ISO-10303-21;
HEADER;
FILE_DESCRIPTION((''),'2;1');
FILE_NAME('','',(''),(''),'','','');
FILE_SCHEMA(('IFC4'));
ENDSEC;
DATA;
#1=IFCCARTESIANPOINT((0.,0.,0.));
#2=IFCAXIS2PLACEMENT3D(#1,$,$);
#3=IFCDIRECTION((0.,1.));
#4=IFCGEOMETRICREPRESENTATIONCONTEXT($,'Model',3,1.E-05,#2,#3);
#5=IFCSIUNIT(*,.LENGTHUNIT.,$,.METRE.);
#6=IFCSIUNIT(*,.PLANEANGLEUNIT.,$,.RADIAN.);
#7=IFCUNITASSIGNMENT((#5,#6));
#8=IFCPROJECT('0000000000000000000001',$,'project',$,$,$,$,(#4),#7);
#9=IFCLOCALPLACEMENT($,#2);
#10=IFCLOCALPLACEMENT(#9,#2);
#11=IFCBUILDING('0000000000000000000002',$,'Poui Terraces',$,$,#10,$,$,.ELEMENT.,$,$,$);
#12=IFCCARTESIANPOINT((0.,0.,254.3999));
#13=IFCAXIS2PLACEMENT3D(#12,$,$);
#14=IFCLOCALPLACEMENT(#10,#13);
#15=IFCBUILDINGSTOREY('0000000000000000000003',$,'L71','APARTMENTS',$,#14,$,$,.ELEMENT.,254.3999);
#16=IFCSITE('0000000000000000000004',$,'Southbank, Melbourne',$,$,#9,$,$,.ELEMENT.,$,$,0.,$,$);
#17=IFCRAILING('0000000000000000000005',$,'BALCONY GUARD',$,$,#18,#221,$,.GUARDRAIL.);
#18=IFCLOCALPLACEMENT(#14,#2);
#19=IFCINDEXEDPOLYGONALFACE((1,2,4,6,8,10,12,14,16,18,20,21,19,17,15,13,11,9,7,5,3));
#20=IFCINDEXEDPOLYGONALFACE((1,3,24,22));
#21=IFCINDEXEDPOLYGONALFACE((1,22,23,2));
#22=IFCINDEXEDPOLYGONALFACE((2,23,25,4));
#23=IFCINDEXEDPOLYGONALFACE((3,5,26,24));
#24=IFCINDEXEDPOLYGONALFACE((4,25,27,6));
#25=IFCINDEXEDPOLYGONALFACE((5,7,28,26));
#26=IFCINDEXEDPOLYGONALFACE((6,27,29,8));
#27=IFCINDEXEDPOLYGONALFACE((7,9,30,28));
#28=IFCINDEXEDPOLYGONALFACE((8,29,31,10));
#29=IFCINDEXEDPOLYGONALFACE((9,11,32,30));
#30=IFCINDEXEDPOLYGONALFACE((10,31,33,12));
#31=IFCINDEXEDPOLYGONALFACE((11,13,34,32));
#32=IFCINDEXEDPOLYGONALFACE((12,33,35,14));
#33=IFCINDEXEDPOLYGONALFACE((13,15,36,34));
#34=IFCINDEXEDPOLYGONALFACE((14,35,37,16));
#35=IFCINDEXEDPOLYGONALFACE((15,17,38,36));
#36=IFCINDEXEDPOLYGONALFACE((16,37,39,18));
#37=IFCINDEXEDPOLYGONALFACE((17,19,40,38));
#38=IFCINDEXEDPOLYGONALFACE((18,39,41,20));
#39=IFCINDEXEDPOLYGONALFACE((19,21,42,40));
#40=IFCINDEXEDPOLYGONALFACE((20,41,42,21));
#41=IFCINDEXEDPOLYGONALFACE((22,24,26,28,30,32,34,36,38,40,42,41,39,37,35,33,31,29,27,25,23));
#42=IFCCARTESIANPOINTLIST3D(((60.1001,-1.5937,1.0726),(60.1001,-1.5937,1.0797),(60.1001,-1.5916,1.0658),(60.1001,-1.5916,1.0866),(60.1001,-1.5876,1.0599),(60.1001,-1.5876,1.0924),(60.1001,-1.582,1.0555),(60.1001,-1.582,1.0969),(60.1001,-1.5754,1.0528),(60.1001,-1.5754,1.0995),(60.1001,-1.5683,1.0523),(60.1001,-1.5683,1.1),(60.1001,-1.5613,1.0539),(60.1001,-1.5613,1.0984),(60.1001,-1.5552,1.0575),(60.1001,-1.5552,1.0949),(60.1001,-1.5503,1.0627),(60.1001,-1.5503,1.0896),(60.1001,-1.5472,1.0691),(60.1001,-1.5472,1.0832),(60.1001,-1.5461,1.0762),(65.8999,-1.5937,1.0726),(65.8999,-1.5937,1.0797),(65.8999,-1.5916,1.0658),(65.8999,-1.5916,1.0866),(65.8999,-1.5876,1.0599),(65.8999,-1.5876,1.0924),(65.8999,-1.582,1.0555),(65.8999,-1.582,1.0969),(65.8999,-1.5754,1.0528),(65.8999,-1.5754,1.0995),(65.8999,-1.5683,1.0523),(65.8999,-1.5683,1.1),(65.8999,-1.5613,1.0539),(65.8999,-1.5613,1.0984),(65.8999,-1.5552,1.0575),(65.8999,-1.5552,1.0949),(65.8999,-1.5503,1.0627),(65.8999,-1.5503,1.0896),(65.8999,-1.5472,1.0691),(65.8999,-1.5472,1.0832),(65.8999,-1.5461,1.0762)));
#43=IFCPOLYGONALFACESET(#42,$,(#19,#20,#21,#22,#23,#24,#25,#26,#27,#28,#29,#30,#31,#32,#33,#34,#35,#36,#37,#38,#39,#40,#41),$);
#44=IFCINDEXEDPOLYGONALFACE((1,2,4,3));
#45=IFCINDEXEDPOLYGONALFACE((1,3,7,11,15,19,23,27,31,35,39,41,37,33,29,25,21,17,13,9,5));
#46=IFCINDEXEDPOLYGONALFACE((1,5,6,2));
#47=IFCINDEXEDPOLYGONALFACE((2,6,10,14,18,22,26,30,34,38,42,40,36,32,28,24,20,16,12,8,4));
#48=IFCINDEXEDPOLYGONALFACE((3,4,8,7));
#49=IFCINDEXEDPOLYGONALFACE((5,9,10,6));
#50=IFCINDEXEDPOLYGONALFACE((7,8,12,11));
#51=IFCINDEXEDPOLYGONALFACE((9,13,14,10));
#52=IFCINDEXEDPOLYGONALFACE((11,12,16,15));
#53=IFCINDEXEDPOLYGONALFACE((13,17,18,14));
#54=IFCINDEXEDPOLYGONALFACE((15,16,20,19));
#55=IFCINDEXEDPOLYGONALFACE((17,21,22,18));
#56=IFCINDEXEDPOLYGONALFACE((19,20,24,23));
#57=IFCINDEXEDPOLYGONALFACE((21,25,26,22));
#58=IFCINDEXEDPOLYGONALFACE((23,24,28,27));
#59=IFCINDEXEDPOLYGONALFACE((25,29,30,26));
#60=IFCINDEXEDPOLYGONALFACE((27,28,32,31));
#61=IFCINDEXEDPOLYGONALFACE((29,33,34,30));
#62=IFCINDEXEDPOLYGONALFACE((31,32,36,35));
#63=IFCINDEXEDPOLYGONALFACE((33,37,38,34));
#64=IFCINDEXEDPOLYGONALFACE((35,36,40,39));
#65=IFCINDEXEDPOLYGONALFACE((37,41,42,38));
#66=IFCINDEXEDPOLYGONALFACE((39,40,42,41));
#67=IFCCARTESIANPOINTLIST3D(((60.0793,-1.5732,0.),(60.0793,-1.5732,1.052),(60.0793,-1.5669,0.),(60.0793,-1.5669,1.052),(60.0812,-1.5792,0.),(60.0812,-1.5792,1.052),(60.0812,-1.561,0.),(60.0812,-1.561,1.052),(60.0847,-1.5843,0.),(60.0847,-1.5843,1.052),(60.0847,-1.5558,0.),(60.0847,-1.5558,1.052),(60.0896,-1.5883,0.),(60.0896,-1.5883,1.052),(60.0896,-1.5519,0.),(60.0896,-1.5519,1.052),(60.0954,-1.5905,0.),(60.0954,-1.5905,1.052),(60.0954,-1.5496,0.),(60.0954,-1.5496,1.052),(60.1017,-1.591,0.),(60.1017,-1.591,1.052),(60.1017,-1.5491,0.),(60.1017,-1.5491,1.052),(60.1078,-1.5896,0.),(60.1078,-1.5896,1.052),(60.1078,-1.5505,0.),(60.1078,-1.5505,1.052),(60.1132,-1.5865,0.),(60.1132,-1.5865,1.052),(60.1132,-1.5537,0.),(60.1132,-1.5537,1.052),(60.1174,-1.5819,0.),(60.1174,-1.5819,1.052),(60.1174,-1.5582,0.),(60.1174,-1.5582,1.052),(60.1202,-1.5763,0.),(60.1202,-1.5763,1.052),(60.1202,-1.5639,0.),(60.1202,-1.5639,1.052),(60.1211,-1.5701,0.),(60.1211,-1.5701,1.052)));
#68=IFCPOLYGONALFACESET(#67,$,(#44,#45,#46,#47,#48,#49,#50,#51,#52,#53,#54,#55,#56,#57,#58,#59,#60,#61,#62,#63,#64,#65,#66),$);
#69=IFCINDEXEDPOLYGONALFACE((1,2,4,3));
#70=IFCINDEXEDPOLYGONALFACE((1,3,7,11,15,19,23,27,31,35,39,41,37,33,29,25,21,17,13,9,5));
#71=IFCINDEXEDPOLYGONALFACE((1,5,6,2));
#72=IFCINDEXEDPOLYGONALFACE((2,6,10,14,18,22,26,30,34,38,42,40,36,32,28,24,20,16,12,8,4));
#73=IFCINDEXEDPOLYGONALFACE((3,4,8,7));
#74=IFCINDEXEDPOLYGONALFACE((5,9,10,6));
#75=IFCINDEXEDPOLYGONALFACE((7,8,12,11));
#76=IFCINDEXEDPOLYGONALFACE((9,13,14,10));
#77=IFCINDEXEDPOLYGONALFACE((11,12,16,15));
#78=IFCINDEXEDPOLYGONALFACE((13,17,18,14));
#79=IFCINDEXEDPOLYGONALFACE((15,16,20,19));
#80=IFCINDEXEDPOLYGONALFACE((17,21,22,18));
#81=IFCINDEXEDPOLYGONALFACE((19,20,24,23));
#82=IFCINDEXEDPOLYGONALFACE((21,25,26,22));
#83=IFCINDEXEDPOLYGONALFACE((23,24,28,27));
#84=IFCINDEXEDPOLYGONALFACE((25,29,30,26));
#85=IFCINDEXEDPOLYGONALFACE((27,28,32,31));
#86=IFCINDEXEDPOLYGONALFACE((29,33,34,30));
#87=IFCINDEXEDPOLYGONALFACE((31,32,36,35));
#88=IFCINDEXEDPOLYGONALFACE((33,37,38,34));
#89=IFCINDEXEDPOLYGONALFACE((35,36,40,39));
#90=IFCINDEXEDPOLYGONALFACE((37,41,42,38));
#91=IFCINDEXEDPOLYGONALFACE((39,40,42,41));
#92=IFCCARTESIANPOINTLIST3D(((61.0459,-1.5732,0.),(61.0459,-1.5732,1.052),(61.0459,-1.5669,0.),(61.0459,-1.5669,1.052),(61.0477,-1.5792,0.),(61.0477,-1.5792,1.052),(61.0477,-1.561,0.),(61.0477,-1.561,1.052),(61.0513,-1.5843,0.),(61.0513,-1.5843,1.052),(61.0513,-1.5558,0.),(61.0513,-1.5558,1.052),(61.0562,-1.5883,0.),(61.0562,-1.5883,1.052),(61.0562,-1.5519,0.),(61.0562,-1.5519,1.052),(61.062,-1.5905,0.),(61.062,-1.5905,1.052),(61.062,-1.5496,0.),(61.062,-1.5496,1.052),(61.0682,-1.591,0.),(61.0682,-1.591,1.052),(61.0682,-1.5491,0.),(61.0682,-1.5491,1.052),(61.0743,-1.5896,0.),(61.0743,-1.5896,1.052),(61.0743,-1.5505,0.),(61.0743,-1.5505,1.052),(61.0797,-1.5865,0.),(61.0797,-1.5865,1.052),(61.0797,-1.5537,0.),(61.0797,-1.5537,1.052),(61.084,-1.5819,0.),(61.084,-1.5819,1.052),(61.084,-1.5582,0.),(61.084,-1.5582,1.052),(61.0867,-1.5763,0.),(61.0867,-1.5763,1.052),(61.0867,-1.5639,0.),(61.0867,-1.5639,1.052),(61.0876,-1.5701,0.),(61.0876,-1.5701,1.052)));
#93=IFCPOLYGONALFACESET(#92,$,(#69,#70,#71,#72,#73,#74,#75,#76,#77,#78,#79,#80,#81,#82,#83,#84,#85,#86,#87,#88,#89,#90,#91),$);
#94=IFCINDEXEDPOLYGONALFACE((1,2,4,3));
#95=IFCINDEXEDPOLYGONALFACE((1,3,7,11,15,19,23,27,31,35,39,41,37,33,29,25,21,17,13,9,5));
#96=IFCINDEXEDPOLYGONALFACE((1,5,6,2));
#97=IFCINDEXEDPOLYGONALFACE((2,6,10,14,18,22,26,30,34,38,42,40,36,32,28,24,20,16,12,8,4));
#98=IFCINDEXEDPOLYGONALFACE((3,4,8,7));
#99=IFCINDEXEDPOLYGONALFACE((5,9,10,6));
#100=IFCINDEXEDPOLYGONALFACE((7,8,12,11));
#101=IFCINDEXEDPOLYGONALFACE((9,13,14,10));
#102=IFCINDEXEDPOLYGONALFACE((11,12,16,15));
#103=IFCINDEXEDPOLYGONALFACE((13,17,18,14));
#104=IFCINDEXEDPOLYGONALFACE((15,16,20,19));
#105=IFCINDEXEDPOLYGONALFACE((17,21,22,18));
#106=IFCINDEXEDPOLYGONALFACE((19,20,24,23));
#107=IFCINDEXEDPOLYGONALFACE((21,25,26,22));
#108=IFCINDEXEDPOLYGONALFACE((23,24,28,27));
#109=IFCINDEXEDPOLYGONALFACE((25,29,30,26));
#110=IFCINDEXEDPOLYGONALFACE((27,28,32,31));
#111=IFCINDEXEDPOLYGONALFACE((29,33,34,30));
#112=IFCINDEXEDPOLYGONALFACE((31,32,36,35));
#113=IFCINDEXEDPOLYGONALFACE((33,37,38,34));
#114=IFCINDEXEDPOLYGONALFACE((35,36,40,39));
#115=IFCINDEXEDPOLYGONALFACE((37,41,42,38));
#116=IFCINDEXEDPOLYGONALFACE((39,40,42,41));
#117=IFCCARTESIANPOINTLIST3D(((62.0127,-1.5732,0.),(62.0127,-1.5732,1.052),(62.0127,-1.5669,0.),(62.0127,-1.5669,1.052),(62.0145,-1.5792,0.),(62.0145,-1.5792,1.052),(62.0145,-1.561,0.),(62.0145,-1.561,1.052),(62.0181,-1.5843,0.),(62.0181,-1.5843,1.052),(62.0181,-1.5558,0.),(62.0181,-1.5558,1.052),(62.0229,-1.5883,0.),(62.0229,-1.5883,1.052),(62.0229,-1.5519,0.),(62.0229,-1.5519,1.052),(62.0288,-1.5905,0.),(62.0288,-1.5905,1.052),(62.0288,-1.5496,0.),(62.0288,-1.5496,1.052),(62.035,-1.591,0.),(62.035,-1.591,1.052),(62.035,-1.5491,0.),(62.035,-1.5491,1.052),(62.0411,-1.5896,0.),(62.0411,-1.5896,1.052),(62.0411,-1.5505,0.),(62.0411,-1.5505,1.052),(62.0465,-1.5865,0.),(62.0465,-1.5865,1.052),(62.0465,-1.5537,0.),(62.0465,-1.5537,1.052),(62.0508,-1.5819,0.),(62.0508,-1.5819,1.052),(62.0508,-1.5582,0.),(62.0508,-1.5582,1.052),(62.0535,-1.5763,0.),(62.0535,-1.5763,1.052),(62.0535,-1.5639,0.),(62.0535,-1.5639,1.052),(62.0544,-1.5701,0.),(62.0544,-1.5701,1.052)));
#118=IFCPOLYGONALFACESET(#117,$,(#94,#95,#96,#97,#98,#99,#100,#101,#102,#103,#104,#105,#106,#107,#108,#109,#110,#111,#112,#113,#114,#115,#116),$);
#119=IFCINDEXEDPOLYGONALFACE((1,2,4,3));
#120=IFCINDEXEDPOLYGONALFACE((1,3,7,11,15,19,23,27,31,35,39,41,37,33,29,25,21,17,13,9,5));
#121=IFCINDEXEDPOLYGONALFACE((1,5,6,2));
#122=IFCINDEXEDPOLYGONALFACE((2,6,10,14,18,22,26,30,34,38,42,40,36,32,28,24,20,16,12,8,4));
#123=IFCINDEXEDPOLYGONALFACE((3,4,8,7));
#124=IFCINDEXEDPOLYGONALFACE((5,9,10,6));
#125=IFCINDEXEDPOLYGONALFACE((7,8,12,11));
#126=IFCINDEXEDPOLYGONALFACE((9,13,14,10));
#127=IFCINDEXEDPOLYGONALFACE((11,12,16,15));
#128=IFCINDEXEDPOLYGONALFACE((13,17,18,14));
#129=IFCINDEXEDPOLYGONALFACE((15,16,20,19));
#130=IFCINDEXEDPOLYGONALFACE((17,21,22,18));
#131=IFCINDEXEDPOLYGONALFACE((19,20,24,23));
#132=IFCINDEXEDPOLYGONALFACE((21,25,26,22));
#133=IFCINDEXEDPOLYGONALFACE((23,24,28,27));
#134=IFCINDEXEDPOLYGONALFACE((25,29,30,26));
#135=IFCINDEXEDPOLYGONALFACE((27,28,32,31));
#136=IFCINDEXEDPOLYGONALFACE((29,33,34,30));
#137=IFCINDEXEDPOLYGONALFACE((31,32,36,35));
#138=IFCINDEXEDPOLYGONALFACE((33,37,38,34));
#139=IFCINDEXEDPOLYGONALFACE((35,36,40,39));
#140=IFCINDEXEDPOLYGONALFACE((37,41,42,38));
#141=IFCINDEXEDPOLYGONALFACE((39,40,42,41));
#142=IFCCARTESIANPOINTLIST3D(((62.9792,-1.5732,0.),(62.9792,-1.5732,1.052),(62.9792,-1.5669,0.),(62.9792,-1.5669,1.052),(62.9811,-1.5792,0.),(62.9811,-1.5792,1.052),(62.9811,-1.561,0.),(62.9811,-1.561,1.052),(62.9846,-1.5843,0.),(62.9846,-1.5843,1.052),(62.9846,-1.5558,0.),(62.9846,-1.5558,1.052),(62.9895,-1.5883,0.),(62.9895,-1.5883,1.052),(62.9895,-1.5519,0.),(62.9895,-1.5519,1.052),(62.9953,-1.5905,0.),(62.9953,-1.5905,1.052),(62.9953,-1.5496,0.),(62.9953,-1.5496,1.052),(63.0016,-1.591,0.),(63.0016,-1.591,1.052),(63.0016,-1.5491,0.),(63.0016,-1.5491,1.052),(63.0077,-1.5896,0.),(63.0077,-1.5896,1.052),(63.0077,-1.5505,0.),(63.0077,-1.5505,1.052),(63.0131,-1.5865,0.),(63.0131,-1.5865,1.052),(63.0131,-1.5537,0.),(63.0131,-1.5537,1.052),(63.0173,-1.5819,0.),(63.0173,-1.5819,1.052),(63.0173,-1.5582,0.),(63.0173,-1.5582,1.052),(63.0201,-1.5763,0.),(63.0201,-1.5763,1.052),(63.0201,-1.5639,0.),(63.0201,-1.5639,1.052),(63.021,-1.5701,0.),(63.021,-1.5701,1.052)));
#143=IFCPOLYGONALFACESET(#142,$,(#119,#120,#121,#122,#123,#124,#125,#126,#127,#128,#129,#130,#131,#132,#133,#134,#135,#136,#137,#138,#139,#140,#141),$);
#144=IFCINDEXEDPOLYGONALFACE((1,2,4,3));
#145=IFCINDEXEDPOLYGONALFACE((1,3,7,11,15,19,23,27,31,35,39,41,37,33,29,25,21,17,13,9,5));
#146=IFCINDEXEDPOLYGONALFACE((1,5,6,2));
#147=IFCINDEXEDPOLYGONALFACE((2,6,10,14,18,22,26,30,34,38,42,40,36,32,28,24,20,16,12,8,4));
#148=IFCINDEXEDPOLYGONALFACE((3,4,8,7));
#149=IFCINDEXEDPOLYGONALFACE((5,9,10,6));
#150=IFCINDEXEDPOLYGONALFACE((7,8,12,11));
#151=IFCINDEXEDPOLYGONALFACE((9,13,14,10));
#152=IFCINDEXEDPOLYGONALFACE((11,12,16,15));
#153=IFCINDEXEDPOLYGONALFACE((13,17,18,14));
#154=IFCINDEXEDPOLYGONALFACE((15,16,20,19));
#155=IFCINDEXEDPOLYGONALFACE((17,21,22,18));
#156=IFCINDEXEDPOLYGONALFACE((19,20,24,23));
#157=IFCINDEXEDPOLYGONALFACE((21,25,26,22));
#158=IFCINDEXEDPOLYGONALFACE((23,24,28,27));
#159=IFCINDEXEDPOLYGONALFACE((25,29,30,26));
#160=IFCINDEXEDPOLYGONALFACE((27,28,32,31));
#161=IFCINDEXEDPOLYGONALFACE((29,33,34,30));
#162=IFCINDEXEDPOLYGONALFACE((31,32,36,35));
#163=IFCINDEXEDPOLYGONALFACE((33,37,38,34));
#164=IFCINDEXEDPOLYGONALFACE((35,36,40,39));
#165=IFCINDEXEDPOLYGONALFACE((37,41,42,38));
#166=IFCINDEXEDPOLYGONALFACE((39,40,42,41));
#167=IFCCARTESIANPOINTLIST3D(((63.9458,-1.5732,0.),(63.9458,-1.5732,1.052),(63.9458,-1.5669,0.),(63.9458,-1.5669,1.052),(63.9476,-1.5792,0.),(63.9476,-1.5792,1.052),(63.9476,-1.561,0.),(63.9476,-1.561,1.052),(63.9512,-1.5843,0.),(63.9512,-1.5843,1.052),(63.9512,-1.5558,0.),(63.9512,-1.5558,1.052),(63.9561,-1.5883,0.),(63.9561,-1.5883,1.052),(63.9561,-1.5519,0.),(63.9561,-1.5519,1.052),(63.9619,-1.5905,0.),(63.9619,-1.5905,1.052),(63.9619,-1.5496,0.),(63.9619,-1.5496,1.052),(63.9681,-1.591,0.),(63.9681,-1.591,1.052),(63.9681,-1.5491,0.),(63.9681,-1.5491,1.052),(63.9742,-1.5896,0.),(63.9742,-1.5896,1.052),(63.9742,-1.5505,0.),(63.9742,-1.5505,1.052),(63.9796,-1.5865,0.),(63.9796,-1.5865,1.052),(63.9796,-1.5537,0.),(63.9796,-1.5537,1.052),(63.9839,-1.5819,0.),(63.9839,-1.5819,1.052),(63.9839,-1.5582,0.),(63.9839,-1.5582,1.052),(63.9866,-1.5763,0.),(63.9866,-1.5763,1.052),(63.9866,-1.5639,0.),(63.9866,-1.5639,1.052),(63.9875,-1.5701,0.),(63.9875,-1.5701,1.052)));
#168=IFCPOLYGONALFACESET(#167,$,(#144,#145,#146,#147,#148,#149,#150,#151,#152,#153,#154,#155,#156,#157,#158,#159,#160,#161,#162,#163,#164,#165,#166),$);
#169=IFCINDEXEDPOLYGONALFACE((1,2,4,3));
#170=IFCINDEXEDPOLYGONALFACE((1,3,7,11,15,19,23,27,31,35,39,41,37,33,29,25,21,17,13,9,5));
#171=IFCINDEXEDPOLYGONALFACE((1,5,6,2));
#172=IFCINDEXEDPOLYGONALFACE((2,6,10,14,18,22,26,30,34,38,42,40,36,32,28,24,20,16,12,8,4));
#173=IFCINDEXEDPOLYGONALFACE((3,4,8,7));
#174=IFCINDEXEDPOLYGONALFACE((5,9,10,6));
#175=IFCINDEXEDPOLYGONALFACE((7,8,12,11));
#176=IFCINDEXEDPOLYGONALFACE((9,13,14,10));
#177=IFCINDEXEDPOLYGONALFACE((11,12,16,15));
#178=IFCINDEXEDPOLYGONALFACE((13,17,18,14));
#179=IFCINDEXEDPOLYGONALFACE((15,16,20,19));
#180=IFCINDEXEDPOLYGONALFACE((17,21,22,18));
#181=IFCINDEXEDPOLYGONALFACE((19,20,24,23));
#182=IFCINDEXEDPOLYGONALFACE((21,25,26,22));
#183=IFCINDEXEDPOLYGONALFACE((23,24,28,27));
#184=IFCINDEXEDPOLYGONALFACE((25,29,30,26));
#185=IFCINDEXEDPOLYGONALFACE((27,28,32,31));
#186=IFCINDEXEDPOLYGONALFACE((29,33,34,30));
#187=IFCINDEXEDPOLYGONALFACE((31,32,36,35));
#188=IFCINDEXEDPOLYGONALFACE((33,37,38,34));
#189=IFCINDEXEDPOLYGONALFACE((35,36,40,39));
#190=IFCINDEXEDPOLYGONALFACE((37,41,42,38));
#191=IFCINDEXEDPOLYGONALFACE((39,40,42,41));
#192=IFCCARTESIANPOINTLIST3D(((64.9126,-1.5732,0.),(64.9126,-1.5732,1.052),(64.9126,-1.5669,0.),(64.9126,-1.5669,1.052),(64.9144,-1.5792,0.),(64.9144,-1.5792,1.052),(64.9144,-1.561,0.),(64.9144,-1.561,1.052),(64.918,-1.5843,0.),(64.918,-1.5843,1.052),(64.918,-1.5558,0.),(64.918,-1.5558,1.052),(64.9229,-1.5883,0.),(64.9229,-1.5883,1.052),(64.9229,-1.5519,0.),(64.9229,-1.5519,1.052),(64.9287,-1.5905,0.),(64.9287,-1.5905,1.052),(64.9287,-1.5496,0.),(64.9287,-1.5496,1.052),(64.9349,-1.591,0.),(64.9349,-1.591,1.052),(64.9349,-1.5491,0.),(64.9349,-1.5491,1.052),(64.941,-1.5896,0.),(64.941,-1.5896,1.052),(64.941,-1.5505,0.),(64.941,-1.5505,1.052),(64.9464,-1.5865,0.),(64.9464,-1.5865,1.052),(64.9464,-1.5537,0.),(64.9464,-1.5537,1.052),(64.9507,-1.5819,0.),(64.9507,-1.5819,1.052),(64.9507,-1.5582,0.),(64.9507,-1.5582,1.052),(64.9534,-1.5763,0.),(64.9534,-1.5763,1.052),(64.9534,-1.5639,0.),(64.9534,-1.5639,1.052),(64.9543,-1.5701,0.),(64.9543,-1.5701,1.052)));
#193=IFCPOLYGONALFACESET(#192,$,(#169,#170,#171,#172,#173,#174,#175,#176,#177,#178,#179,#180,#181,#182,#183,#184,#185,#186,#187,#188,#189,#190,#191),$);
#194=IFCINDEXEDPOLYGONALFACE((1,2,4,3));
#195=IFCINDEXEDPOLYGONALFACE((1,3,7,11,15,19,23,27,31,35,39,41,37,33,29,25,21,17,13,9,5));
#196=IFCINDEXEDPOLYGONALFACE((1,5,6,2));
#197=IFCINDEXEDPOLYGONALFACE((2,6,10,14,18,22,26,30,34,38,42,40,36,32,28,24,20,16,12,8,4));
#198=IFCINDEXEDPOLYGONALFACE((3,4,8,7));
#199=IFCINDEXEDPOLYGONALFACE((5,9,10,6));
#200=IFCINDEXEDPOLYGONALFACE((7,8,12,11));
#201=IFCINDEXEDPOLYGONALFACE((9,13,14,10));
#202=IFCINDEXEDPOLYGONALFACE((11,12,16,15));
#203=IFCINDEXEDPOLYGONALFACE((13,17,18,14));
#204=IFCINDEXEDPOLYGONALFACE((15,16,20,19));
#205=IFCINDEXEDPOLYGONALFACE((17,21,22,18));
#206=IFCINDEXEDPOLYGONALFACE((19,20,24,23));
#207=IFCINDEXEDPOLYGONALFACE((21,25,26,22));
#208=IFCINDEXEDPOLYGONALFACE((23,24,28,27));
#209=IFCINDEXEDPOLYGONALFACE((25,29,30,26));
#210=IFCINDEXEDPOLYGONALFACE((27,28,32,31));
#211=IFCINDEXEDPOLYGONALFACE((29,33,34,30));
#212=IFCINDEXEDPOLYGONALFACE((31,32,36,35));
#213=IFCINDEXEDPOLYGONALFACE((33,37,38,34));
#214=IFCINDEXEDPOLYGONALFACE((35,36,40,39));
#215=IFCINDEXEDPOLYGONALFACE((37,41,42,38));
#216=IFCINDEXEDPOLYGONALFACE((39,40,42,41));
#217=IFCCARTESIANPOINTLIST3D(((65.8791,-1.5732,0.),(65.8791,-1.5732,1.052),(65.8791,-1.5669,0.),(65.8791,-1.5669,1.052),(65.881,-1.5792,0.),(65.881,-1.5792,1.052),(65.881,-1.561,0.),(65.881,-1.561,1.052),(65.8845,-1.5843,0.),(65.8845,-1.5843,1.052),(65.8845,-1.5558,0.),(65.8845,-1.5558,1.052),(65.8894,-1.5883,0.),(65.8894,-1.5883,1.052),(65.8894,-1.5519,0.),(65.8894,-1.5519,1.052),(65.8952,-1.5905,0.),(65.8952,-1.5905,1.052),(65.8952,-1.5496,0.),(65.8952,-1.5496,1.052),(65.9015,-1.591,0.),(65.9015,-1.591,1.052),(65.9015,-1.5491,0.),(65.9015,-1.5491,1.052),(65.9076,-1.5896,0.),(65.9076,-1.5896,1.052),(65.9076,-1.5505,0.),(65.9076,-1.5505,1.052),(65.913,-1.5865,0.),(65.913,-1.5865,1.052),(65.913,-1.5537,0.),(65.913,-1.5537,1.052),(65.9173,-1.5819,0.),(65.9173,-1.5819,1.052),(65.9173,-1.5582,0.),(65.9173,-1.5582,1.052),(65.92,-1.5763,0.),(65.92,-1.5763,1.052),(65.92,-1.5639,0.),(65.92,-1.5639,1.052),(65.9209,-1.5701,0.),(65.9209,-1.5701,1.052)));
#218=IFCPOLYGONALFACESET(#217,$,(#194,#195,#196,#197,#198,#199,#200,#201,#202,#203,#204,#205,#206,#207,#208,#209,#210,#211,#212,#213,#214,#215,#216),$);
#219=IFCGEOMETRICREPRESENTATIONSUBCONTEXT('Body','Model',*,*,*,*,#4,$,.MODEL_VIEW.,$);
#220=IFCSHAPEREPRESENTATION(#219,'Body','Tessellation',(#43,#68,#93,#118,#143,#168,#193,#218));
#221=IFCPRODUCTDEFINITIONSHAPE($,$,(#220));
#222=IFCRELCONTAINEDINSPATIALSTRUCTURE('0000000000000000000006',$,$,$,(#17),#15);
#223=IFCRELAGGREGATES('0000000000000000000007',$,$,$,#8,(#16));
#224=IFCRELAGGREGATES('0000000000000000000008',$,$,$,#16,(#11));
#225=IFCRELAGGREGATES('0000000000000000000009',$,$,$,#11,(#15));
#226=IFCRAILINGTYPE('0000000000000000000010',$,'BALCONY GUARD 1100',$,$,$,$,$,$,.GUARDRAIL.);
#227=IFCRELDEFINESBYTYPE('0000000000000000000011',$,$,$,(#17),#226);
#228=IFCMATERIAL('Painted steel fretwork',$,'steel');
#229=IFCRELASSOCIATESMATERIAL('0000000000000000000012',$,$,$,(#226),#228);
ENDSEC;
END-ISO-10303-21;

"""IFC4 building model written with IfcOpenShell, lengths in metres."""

from ifc_helpers import new_model, si_unit, direction, frame, origin, origin_2d, place, context, subcontext, project, spatial, circle, extrude, material, type_object, element, save


model = new_model("IFC4")

# Units and contexts
model_context = context("Model", 3, precision=1e-05, world=origin(), true_north=direction((0.0, 1.0)))
body_context = subcontext(model_context, "Body", "Model", "MODEL_VIEW")
ifc_project = project(units=[si_unit("LENGTHUNIT", "METRE"), si_unit("PLANEANGLEUNIT", "RADIAN")], contexts=[model_context])

# Site, building, storey
site_placement = place(None, origin())
site = spatial("IfcSite", under=ifc_project, at=site_placement, Name="Southbank, Melbourne", CompositionType="ELEMENT", RefElevation=0.0)
building_placement = place(site_placement, origin())
building = spatial("IfcBuilding", under=site, at=building_placement, Name="Poui Terraces", CompositionType="ELEMENT")
storey_placement = place(building_placement, frame((0.0, 0.0, 254.3999)))
storey = spatial("IfcBuildingStorey", under=building, at=storey_placement, Name="L71", Description="APARTMENTS", CompositionType="ELEMENT", Elevation=254.3999)

# Railing
ifc_material_1 = material(Name="Painted steel fretwork", Category="steel")
railing_type = type_object("IfcRailingType", Name="BALCONY GUARD 1100", PredefinedType="GUARDRAIL", material=ifc_material_1)
railing_placement = place(storey_placement, frame((60.1001, -1.5701, 0.0)))
element("IfcRailing", 1, at=railing_placement, inside=storey, type_object=railing_type, Name="BALCONY GUARD", PredefinedType="GUARDRAIL", context=body_context, shape_type="SweptSolid", body=[
    extrude(circle(Radius=0.0239, at=origin_2d()), frame((0.0, 0.0, 1.0762), z_axis=(1.0, 0.0, 0.0), x_axis=(0.0, 1.0, 0.0)), (0.0, 0.0, 1.0), 5.7998),
    extrude(circle(Radius=0.021, at=origin_2d()), origin(), (0.0, 0.0, 1.0), 1.052),
    extrude(circle(Radius=0.021, at=origin_2d()), frame((0.9666, 0.0, 0.0)), (0.0, 0.0, 1.0), 1.052),
    extrude(circle(Radius=0.021, at=origin_2d()), frame((1.9333, 0.0, 0.0)), (0.0, 0.0, 1.0), 1.052),
    extrude(circle(Radius=0.021, at=origin_2d()), frame((2.8999, 0.0, 0.0)), (0.0, 0.0, 1.0), 1.052),
    extrude(circle(Radius=0.021, at=origin_2d()), frame((3.8665, 0.0, 0.0)), (0.0, 0.0, 1.0), 1.052),
    extrude(circle(Radius=0.021, at=origin_2d()), frame((4.8333, 0.0, 0.0)), (0.0, 0.0, 1.0), 1.052),
    extrude(circle(Radius=0.021, at=origin_2d()), frame((5.7998, 0.0, 0.0)), (0.0, 0.0, 1.0), 1.052),
])

save(model, "model.ifc")
